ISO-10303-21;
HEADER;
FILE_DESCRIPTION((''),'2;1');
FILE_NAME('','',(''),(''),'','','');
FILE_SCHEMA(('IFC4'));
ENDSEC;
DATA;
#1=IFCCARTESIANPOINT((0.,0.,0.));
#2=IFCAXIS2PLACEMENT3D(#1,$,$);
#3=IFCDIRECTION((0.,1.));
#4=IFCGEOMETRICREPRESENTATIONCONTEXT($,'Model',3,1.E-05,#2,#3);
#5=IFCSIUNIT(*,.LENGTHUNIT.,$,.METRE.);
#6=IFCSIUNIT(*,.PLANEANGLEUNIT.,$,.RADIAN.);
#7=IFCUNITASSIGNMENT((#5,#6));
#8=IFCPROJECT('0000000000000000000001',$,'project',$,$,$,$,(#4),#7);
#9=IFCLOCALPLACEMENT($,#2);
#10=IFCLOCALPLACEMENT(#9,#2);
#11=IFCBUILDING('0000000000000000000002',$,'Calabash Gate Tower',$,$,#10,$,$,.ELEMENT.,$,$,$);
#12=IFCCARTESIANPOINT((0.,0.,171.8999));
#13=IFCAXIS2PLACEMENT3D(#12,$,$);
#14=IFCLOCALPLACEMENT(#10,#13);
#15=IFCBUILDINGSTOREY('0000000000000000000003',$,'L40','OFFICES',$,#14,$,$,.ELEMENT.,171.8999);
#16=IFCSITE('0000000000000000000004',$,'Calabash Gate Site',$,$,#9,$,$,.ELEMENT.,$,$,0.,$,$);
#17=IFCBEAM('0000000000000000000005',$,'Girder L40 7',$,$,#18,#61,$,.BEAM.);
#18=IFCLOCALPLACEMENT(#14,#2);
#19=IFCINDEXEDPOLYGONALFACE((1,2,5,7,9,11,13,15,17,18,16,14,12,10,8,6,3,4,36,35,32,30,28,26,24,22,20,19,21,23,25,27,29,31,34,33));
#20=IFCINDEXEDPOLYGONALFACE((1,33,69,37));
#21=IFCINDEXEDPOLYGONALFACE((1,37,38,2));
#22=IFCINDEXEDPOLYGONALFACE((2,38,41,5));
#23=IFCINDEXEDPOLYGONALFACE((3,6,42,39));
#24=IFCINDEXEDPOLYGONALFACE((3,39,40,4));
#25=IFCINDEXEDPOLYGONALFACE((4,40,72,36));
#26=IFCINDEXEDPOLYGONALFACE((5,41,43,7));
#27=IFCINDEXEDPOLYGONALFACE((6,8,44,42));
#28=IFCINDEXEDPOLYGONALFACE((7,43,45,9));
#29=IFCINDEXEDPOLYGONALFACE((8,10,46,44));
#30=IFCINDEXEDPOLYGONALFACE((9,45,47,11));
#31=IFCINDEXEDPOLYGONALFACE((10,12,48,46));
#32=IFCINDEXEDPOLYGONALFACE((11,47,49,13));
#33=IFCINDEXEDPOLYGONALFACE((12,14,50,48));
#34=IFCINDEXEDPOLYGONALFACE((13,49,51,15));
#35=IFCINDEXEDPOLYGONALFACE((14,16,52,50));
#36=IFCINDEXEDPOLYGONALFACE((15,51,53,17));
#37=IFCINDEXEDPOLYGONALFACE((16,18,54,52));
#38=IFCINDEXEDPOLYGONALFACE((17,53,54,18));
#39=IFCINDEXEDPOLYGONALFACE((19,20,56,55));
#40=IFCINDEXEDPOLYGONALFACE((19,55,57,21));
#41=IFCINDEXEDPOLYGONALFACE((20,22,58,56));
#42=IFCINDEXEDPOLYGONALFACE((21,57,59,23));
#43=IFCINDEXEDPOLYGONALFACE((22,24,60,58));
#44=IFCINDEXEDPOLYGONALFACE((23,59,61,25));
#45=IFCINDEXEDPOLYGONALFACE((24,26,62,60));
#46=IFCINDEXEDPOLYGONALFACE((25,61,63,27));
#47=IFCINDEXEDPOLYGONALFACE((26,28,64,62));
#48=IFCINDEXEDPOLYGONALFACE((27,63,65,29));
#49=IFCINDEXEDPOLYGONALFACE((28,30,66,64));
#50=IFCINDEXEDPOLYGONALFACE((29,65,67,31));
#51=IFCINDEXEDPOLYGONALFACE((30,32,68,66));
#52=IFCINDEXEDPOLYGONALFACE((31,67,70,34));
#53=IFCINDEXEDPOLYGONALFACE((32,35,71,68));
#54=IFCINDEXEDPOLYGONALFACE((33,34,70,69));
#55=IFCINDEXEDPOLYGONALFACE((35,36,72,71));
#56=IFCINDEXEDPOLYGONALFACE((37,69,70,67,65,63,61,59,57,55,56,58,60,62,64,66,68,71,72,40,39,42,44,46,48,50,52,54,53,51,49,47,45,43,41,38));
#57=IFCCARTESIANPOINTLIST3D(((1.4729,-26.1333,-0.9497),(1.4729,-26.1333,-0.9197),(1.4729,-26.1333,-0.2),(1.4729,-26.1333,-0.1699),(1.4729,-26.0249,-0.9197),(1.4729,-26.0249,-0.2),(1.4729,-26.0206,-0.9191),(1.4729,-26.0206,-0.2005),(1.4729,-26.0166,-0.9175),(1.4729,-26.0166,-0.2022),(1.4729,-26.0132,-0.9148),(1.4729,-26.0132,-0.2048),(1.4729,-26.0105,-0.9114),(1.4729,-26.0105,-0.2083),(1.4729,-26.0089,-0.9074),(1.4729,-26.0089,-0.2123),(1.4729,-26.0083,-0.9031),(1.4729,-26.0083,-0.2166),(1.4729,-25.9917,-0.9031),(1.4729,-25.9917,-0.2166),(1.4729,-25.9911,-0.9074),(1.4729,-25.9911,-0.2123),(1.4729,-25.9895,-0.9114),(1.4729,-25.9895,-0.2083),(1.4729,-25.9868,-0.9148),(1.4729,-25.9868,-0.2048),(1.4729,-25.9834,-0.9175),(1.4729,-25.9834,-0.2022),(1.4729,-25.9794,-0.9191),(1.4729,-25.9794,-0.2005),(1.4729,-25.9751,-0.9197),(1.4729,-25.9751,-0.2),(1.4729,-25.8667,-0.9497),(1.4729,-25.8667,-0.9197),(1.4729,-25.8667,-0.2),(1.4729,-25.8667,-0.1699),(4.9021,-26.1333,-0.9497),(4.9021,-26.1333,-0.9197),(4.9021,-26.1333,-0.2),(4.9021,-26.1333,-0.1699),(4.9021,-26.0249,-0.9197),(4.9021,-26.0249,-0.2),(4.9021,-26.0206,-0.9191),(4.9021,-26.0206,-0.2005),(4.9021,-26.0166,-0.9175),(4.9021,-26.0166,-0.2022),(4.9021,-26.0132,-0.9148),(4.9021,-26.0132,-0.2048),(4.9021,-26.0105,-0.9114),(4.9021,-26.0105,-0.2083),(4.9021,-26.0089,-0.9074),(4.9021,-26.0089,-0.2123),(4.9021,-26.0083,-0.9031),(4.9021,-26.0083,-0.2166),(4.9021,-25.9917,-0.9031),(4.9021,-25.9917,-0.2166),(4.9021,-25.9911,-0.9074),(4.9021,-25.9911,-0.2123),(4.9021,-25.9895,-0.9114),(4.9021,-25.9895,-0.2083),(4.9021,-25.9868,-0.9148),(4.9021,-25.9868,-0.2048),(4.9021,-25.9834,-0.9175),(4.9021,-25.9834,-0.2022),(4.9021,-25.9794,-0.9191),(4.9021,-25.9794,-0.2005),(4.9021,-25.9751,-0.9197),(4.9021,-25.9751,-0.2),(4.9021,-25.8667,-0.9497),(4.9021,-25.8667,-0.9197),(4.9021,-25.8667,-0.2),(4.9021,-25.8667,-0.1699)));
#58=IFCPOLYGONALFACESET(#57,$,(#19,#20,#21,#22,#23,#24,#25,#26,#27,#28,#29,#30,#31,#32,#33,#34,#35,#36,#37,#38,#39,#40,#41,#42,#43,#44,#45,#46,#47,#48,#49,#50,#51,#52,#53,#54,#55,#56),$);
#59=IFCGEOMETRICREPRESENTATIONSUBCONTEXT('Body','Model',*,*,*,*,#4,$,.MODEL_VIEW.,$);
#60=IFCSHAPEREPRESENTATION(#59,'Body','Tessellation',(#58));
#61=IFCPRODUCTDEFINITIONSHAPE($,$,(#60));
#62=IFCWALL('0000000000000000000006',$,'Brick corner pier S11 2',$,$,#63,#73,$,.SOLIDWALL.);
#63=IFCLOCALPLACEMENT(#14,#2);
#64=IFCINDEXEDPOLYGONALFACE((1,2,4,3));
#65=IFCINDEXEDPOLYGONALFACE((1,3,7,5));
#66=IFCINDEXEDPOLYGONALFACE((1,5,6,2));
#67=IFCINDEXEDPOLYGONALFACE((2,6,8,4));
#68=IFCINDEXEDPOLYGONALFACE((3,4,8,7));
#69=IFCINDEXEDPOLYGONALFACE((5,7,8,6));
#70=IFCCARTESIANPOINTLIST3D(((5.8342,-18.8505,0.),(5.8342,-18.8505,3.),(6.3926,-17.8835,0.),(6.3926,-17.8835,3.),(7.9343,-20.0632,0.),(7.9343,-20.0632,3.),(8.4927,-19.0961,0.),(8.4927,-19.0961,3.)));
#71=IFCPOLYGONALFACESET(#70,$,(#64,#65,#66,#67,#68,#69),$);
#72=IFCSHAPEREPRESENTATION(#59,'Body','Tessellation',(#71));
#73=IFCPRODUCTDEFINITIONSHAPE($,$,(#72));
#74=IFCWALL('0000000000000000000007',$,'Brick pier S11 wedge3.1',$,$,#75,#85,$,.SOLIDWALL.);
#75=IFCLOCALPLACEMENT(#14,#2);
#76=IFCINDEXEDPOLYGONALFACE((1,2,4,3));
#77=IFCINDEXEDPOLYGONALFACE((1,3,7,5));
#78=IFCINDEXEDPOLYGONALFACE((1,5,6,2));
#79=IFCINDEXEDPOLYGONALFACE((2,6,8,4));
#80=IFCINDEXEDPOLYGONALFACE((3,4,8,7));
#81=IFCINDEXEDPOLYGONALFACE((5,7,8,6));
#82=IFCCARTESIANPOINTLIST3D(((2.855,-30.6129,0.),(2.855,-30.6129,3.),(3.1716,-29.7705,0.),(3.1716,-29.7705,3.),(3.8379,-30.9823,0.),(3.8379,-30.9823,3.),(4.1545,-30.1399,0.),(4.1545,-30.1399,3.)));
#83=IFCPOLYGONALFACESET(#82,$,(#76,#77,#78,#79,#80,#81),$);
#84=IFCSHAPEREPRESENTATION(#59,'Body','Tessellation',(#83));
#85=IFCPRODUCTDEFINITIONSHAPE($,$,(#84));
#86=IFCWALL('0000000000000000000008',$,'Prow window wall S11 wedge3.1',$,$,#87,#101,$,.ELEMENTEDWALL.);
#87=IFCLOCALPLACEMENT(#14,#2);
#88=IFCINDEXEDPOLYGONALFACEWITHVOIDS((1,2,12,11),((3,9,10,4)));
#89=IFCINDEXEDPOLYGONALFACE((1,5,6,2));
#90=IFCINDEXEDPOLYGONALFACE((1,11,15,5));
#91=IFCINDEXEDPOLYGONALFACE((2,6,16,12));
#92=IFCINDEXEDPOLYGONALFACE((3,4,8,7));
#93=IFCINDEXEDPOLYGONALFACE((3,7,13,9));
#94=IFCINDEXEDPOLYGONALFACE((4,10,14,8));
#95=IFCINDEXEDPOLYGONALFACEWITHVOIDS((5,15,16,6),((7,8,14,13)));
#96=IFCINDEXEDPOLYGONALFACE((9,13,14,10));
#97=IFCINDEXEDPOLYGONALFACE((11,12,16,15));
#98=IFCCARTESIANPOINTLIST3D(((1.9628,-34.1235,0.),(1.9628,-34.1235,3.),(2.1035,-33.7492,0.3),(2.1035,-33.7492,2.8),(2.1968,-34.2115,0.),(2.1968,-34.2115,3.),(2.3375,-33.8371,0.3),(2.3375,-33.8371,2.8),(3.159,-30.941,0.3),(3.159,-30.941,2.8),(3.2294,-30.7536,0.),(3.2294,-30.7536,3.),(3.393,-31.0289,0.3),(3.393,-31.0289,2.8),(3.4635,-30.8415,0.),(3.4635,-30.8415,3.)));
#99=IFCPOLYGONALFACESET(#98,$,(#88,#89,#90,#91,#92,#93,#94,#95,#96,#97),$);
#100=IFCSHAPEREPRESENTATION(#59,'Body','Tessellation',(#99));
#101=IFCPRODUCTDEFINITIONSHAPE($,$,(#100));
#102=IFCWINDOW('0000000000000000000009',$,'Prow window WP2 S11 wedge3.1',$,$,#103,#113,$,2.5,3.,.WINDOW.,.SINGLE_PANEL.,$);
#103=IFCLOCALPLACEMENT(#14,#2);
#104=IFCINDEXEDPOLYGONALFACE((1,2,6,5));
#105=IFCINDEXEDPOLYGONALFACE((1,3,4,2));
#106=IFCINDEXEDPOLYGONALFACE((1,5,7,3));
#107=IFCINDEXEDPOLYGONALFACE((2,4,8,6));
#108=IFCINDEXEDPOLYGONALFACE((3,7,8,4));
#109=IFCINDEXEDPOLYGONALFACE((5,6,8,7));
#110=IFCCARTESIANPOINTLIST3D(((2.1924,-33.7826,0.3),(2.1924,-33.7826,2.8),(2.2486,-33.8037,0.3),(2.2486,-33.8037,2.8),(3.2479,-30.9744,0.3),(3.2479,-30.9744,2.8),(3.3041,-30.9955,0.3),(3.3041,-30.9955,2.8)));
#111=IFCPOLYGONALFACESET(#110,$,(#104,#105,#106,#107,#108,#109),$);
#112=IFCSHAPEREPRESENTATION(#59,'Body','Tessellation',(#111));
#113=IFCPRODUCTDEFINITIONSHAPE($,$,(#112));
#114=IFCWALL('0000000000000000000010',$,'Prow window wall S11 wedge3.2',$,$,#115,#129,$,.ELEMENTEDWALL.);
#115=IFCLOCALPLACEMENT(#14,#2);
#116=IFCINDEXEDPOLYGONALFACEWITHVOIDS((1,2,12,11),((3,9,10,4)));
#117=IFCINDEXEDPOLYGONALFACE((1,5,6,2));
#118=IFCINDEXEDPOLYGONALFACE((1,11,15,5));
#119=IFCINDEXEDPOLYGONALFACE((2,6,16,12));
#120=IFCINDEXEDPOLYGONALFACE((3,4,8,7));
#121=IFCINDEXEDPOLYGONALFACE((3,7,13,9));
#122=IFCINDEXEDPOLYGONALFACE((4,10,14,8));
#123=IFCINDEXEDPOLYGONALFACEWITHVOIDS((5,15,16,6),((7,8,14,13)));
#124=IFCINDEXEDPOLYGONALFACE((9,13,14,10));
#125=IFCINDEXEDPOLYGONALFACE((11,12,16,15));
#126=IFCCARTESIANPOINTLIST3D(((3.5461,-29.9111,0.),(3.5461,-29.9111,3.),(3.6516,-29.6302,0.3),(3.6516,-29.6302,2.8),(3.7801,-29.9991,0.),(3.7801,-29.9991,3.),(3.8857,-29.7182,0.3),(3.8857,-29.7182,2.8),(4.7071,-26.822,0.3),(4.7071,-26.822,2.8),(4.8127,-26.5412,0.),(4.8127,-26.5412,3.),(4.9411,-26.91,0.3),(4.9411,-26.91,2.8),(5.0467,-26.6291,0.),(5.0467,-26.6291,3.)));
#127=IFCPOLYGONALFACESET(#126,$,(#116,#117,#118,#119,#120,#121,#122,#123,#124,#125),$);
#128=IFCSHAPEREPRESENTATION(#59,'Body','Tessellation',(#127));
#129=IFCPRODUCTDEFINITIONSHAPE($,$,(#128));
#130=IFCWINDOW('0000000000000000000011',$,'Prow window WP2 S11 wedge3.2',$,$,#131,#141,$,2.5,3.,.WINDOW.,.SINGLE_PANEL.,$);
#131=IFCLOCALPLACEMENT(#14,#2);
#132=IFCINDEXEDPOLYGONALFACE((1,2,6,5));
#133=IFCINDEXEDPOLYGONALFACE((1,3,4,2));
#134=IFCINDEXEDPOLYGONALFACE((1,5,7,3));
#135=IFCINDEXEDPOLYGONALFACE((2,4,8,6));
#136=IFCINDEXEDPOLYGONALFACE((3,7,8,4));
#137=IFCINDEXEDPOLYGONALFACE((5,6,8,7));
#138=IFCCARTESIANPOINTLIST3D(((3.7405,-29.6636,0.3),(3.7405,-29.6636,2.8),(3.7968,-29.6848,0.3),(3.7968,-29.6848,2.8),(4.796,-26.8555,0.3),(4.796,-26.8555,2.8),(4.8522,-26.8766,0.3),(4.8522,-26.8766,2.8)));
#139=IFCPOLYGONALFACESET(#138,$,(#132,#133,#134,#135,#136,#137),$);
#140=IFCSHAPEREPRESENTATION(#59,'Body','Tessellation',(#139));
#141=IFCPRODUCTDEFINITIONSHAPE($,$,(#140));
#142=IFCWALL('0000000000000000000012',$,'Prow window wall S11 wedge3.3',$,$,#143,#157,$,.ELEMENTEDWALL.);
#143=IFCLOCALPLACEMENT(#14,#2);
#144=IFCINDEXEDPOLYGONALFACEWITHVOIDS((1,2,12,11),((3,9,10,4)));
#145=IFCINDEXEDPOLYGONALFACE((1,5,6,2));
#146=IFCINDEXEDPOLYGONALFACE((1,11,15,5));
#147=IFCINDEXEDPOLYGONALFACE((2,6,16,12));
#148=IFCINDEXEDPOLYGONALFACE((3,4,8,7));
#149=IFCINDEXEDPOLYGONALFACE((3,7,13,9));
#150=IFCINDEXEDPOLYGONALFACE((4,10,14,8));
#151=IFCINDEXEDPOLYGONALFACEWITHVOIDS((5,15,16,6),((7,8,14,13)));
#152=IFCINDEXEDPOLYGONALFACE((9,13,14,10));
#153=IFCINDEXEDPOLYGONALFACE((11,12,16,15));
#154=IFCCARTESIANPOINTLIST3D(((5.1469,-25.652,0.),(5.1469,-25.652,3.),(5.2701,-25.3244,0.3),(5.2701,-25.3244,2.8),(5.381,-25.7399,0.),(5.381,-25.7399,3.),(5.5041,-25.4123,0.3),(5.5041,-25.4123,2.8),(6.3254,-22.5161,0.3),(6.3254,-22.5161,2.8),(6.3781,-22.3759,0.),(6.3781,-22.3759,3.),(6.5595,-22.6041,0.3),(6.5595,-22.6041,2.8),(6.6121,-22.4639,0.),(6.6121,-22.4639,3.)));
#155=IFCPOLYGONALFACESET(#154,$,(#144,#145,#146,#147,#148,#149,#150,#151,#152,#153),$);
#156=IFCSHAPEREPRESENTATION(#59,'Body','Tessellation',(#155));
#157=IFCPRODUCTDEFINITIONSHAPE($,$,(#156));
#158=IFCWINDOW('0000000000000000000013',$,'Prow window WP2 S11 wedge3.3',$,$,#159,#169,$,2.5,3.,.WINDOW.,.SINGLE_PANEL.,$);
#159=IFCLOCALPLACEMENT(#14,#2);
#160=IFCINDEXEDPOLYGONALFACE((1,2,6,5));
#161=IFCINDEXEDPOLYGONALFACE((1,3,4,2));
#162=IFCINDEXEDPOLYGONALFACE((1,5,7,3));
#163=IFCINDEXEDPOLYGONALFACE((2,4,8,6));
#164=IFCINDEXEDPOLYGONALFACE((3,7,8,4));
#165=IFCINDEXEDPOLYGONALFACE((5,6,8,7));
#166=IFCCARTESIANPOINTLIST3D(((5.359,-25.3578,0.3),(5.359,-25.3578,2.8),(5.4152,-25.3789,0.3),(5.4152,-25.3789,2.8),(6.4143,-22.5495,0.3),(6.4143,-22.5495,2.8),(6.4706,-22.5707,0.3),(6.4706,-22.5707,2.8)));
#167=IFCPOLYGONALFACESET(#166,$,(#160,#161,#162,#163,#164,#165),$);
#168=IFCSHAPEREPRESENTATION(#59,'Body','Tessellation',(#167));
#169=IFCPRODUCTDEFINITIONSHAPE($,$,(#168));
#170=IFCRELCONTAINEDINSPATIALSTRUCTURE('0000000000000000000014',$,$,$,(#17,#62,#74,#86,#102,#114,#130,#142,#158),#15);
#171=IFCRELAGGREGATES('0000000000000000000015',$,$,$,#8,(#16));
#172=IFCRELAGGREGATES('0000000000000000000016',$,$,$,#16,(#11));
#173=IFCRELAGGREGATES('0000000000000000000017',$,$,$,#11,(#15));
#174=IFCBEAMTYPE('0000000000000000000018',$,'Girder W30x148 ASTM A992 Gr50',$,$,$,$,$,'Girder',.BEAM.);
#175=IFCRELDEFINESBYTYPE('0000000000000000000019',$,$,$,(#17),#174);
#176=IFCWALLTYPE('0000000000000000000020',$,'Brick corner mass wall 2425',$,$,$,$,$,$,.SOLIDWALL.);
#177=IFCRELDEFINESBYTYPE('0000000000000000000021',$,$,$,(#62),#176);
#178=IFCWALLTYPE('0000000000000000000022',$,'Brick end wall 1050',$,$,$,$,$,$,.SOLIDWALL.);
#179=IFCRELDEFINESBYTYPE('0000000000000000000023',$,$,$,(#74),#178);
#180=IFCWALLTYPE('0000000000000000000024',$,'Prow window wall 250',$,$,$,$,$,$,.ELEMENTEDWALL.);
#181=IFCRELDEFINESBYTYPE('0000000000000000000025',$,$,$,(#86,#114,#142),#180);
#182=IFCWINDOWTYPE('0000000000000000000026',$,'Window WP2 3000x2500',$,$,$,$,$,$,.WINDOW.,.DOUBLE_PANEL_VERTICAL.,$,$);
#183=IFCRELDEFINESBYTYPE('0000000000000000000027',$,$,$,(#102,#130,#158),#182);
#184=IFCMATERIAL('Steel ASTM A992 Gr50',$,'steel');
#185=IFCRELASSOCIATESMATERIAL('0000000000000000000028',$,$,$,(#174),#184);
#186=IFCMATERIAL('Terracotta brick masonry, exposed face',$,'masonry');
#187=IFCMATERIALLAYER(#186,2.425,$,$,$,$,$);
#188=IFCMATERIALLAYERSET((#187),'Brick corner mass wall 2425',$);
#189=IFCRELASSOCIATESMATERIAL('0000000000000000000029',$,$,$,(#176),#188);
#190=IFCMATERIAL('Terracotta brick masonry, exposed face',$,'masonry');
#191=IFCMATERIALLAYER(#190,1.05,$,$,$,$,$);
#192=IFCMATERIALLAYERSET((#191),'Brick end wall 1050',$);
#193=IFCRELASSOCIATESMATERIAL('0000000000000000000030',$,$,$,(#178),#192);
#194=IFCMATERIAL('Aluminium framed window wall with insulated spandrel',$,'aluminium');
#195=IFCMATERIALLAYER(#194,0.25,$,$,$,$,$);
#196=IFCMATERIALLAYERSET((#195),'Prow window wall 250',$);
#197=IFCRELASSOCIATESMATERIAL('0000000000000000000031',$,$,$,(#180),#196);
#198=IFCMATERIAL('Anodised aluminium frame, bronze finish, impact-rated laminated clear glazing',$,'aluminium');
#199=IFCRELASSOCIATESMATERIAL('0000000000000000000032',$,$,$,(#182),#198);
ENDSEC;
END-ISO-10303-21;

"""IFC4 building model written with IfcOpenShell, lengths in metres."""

from ifc_helpers import new_model, si_unit, direction, frame, frame_2d, origin, origin_2d, place, context, subcontext, project, spatial, rectangle, i_section, extrude, material, layer, layer_set, material_profile, profile_set, type_object, element, fill, save


model = new_model("IFC4")

# Units and contexts
model_context = context("Model", 3, precision=1e-05, world=origin(), true_north=direction((0.0, 1.0)))
body_context = subcontext(model_context, "Body", "Model", "MODEL_VIEW")
ifc_project = project(units=[si_unit("LENGTHUNIT", "METRE"), si_unit("PLANEANGLEUNIT", "RADIAN")], contexts=[model_context])

# Site, building, storey
site_placement = place(None, origin())
site = spatial("IfcSite", under=ifc_project, at=site_placement, Name="Calabash Gate Site", CompositionType="ELEMENT", RefElevation=0.0)
building_placement = place(site_placement, origin())
building = spatial("IfcBuilding", under=site, at=building_placement, Name="Calabash Gate Tower", CompositionType="ELEMENT")
storey_placement = place(building_placement, frame((0.0, 0.0, 171.8999)))
storey = spatial("IfcBuildingStorey", under=building, at=storey_placement, Name="L40", Description="OFFICES", CompositionType="ELEMENT", Elevation=171.8999)

# Beam
ifc_material_1 = material(Name="Steel ASTM A992 Gr50", Category="steel")
ifc_material_profile_1 = material_profile(ifc_material_1, i_section(OverallWidth=0.2666, OverallDepth=0.7798, WebThickness=0.0166, FlangeThickness=0.03, FilletRadius=0.0166, at=origin_2d()))
ifc_profile_set_1 = profile_set([ifc_material_profile_1], Name="Steel ASTM A992 Gr50")
beam_type_1 = type_object("IfcBeamType", Name="Girder W30x148 ASTM A992 Gr50", ElementType="Girder", PredefinedType="BEAM", material=ifc_profile_set_1)
beam_1_placement = place(storey_placement, frame((1.4729, -26.0, -0.5598), z_axis=(1.0, 0.0, 0.0), x_axis=(0.0, 1.0, 0.0)))
element("IfcBeam", 1, at=beam_1_placement, inside=storey, type_object=beam_type_1, Name="Girder L40 7", PredefinedType="BEAM", context=body_context, shape_type="SweptSolid", body=[
    extrude(i_section(OverallWidth=0.2666, OverallDepth=0.7798, WebThickness=0.0166, FlangeThickness=0.03, FilletRadius=0.0166, at=origin_2d()), origin(), (0.0, 0.0, 1.0), 3.4292),
])

# Walls
ifc_material_2 = material(Name="Terracotta brick masonry, exposed face", Category="masonry")
ifc_layer_1 = layer(ifc_material_2, 2.425)
ifc_layer_set_1 = layer_set([ifc_layer_1], Name="Brick corner mass wall 2425")
wall_type_1 = type_object("IfcWallType", Name="Brick corner mass wall 2425", PredefinedType="SOLIDWALL", material=ifc_layer_set_1)
wall_1_placement = place(storey_placement, frame((8.2134, -19.5796, 0.0), z_axis=(0.0, 0.0, 1.0), x_axis=(-0.865998, 0.500048, 0.0)))
element("IfcWall", 2, at=wall_1_placement, inside=storey, type_object=wall_type_1, Name="Brick corner pier S11 2", PredefinedType="SOLIDWALL", context=body_context, shape_type="SweptSolid", body=[
    extrude(rectangle(XDim=2.425, YDim=1.1167, at=frame_2d((1.2124, 0.0))), origin(), (0.0, 0.0, 1.0), 3.0),
])
ifc_material_3 = material(Name="Terracotta brick masonry, exposed face", Category="masonry")
ifc_layer_2 = layer(ifc_material_3, 1.05)
ifc_layer_set_2 = layer_set([ifc_layer_2], Name="Brick end wall 1050")
wall_type_2 = type_object("IfcWallType", Name="Brick end wall 1050", PredefinedType="SOLIDWALL", material=ifc_layer_set_2)
wall_2_placement = place(storey_placement, frame((3.9961, -30.561, 0.0), z_axis=(0.0, 0.0, 1.0), x_axis=(-0.936081, 0.351786, 0.0)))
element("IfcWall", 3, at=wall_2_placement, inside=storey, type_object=wall_type_2, Name="Brick pier S11 wedge3.1", PredefinedType="SOLIDWALL", context=body_context, shape_type="SweptSolid", body=[
    extrude(rectangle(XDim=1.05, YDim=0.8999, at=frame_2d((0.5249, 0.0))), origin(), (0.0, 0.0, 1.0), 3.0),
])

# Walls, openings, windows
ifc_material_4 = material(Name="Aluminium framed window wall with insulated spandrel", Category="aluminium")
ifc_layer_3 = layer(ifc_material_4, 0.25)
ifc_layer_set_3 = layer_set([ifc_layer_3], Name="Prow window wall 250")
wall_type_3 = type_object("IfcWallType", Name="Prow window wall 250", PredefinedType="ELEMENTEDWALL", material=ifc_layer_set_3)
wall_3_placement = place(storey_placement, frame((2.0798, -34.1675, 0.0), z_axis=(0.0, 0.0, 1.0), x_axis=(0.351829, 0.936064, 0.0)))
wall_3 = element("IfcWall", 4, at=wall_3_placement, inside=storey, type_object=wall_type_3, Name="Prow window wall S11 wedge3.1", PredefinedType="ELEMENTEDWALL", context=body_context, shape_type="SweptSolid", body=[
    extrude(rectangle(XDim=3.6001, YDim=0.25, at=frame_2d((1.8, 0.0))), origin(), (0.0, 0.0, 1.0), 3.0),
])
opening_1_placement = place(wall_3_placement, frame((0.3999, 0.0, 0.3)))
opening_1 = element("IfcOpeningElement", 5, at=opening_1_placement, cuts=wall_3, PredefinedType="OPENING", context=body_context, shape_type="SweptSolid", body=[
    extrude(rectangle(XDim=3.0, YDim=2.5, at=frame_2d((1.5, 1.25))), frame((0.0, 0.135, 0.0), z_axis=(0.0, -1.0, 0.0), x_axis=(1.0, 0.0, 0.0)), (0.0, 0.0, 1.0), 0.27),
])
ifc_material_5 = material(Name="Anodised aluminium frame, bronze finish, impact-rated laminated clear glazing", Category="aluminium")
window_type = type_object("IfcWindowType", Name="Window WP2 3000x2500", PartitioningType="DOUBLE_PANEL_VERTICAL", PredefinedType="WINDOW", material=ifc_material_5)
window_1_placement = place(opening_1_placement, origin())
window_1 = element("IfcWindow", 6, at=window_1_placement, inside=storey, type_object=window_type, Name="Prow window WP2 S11 wedge3.1", OverallHeight=2.5, OverallWidth=3.0, PartitioningType="SINGLE_PANEL", PredefinedType="WINDOW", context=body_context, shape_type="SweptSolid", body=[
    extrude(rectangle(XDim=3.0, YDim=2.5, at=frame_2d((1.5, 1.25))), frame((0.0, 0.03, 0.0), z_axis=(0.0, -1.0, 0.0), x_axis=(1.0, 0.0, 0.0)), (0.0, 0.0, 1.0), 0.0601),
])
fill(opening_1, window_1)
wall_4_placement = place(storey_placement, frame((3.6631, -29.9551, 0.0), z_axis=(0.0, 0.0, 1.0), x_axis=(0.351829, 0.936064, 0.0)))
wall_4 = element("IfcWall", 7, at=wall_4_placement, inside=storey, type_object=wall_type_3, Name="Prow window wall S11 wedge3.2", PredefinedType="ELEMENTEDWALL", context=body_context, shape_type="SweptSolid", body=[
    extrude(rectangle(XDim=3.6001, YDim=0.25, at=frame_2d((1.8, 0.0))), origin(), (0.0, 0.0, 1.0), 3.0),
])
opening_2_placement = place(wall_4_placement, frame((0.3, 0.0, 0.3)))
opening_2 = element("IfcOpeningElement", 8, at=opening_2_placement, cuts=wall_4, PredefinedType="OPENING", context=body_context, shape_type="SweptSolid", body=[
    extrude(rectangle(XDim=3.0, YDim=2.5, at=frame_2d((1.5, 1.25))), frame((0.0, 0.135, 0.0), z_axis=(0.0, -1.0, 0.0), x_axis=(1.0, 0.0, 0.0)), (0.0, 0.0, 1.0), 0.27),
])
window_2_placement = place(opening_2_placement, origin())
window_2 = element("IfcWindow", 9, at=window_2_placement, inside=storey, type_object=window_type, Name="Prow window WP2 S11 wedge3.2", OverallHeight=2.5, OverallWidth=3.0, PartitioningType="SINGLE_PANEL", PredefinedType="WINDOW", context=body_context, shape_type="SweptSolid", body=[
    extrude(rectangle(XDim=3.0, YDim=2.5, at=frame_2d((1.5, 1.25))), frame((0.0, 0.03, 0.0), z_axis=(0.0, -1.0, 0.0), x_axis=(1.0, 0.0, 0.0)), (0.0, 0.0, 1.0), 0.0601),
])
fill(opening_2, window_2)
wall_5_placement = place(storey_placement, frame((5.2639, -25.696, 0.0), z_axis=(0.0, 0.0, 1.0), x_axis=(0.351788, 0.93608, 0.0)))
wall_5 = element("IfcWall", 10, at=wall_5_placement, inside=storey, type_object=wall_type_3, Name="Prow window wall S11 wedge3.3", PredefinedType="ELEMENTEDWALL", context=body_context, shape_type="SweptSolid", body=[
    extrude(rectangle(XDim=3.4998, YDim=0.25, at=frame_2d((1.75, 0.0))), origin(), (0.0, 0.0, 1.0), 3.0),
])
opening_3_placement = place(wall_5_placement, frame((0.3501, 0.0, 0.3)))
opening_3 = element("IfcOpeningElement", 11, at=opening_3_placement, cuts=wall_5, PredefinedType="OPENING", context=body_context, shape_type="SweptSolid", body=[
    extrude(rectangle(XDim=3.0, YDim=2.5, at=frame_2d((1.5, 1.25))), frame((0.0, 0.135, 0.0), z_axis=(0.0, -1.0, 0.0), x_axis=(1.0, 0.0, 0.0)), (0.0, 0.0, 1.0), 0.27),
])
window_3_placement = place(opening_3_placement, origin())
window_3 = element("IfcWindow", 12, at=window_3_placement, inside=storey, type_object=window_type, Name="Prow window WP2 S11 wedge3.3", OverallHeight=2.5, OverallWidth=3.0, PartitioningType="SINGLE_PANEL", PredefinedType="WINDOW", context=body_context, shape_type="SweptSolid", body=[
    extrude(rectangle(XDim=3.0, YDim=2.5, at=frame_2d((1.5, 1.25))), frame((0.0, 0.03, 0.0), z_axis=(0.0, -1.0, 0.0), x_axis=(1.0, 0.0, 0.0)), (0.0, 0.0, 1.0), 0.0601),
])
fill(opening_3, window_3)

save(model, "model.ifc")
